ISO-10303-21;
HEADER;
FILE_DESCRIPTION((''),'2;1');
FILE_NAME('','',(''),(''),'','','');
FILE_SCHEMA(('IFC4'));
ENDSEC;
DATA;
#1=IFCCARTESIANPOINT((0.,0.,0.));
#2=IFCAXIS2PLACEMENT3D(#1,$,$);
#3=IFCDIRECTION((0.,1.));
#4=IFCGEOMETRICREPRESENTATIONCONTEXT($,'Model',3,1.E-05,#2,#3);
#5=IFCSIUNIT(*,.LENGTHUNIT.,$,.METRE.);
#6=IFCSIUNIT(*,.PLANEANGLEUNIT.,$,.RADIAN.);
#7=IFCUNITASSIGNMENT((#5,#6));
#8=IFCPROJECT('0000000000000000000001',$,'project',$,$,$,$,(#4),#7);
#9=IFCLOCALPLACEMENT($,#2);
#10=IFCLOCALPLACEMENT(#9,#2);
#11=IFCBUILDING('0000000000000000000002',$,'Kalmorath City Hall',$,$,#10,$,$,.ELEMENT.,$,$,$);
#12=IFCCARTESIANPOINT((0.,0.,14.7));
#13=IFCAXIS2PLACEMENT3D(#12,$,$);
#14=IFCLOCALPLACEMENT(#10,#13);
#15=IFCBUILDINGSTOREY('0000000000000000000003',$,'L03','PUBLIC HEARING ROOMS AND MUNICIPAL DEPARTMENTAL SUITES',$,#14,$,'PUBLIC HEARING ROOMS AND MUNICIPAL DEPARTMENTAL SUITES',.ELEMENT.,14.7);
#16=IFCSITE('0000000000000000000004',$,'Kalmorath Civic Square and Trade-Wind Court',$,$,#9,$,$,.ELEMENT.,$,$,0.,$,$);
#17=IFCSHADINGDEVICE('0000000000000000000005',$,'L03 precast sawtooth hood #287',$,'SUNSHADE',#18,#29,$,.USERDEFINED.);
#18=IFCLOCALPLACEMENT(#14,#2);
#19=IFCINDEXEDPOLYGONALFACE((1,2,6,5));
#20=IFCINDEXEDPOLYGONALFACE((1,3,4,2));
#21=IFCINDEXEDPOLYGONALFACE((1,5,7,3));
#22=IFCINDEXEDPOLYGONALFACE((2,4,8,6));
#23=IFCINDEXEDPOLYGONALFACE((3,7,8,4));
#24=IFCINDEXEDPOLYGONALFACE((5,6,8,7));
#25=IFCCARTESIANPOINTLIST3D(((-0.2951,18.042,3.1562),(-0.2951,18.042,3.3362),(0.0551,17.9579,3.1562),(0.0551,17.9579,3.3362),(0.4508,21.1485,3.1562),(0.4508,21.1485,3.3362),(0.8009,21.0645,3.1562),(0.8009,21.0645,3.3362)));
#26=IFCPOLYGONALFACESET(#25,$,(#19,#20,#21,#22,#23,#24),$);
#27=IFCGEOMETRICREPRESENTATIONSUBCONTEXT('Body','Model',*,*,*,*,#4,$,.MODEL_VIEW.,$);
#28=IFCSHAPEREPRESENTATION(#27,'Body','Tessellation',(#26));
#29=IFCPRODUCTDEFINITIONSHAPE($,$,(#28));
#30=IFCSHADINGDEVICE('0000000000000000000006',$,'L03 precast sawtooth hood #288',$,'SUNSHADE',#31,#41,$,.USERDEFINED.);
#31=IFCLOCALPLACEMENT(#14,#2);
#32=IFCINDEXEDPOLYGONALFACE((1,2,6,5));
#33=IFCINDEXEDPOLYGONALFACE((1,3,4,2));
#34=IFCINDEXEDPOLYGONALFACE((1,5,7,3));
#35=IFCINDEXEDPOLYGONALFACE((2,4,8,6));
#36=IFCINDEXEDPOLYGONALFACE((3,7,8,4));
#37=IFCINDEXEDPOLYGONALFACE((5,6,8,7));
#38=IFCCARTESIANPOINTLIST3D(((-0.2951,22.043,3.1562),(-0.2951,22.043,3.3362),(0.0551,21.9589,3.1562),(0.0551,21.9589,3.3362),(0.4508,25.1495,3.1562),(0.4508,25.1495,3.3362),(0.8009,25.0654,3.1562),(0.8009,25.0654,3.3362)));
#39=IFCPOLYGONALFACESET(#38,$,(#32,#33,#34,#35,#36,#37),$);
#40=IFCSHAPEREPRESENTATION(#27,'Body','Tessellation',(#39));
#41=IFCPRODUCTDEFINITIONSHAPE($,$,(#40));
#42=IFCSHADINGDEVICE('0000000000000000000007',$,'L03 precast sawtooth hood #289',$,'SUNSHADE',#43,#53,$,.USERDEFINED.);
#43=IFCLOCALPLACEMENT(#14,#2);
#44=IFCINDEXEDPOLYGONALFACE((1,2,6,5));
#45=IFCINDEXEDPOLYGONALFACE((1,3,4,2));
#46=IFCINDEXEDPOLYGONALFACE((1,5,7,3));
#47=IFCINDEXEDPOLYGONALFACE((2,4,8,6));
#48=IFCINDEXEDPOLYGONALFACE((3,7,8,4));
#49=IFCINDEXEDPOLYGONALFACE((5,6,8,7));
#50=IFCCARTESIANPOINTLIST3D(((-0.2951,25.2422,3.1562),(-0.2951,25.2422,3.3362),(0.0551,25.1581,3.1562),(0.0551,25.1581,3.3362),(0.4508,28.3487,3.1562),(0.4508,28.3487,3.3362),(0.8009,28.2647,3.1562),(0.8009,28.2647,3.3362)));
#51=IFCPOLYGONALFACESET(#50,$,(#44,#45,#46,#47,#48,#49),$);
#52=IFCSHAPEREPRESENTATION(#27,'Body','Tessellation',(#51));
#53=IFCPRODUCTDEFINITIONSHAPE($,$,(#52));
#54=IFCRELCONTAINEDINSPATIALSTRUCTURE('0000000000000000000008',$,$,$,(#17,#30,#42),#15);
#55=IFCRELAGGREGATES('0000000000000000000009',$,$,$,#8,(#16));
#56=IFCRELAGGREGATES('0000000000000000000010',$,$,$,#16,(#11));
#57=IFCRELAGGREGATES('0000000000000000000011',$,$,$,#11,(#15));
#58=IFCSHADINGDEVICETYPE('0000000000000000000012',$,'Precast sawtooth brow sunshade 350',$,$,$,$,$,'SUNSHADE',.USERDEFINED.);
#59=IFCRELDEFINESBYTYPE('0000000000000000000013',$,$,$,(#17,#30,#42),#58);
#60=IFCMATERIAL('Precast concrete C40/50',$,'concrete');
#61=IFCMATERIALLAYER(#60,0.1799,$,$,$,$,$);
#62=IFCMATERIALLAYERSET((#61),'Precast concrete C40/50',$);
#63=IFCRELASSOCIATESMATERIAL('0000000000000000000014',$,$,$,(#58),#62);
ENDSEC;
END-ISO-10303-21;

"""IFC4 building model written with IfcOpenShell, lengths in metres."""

from ifc_helpers import new_model, si_unit, direction, frame, origin, origin_2d, place, context, subcontext, project, spatial, rectangle, extrude, material, layer, layer_set, type_object, element, save


model = new_model("IFC4")

# Units and contexts
model_context = context("Model", 3, precision=1e-05, world=origin(), true_north=direction((0.0, 1.0)))
body_context = subcontext(model_context, "Body", "Model", "MODEL_VIEW")
ifc_project = project(units=[si_unit("LENGTHUNIT", "METRE"), si_unit("PLANEANGLEUNIT", "RADIAN")], contexts=[model_context])

# Site, building, storey
site_placement = place(None, origin())
site = spatial("IfcSite", under=ifc_project, at=site_placement, Name="Kalmorath Civic Square and Trade-Wind Court", CompositionType="ELEMENT", RefElevation=0.0)
building_placement = place(site_placement, origin())
building = spatial("IfcBuilding", under=site, at=building_placement, Name="Kalmorath City Hall", CompositionType="ELEMENT")
storey_placement = place(building_placement, frame((0.0, 0.0, 14.7)))
storey = spatial("IfcBuildingStorey", under=building, at=storey_placement, Name="L03", Description="PUBLIC HEARING ROOMS AND MUNICIPAL DEPARTMENTAL SUITES", LongName="PUBLIC HEARING ROOMS AND MUNICIPAL DEPARTMENTAL SUITES", CompositionType="ELEMENT", Elevation=14.7)

# Shading devices
ifc_material_1 = material(Name="Precast concrete C40/50", Category="concrete")
ifc_layer_1 = layer(ifc_material_1, 0.1799)
ifc_layer_set_1 = layer_set([ifc_layer_1], Name="Precast concrete C40/50")
shading_device_type = type_object("IfcShadingDeviceType", Name="Precast sawtooth brow sunshade 350", ElementType="SUNSHADE", PredefinedType="USERDEFINED", material=ifc_layer_set_1)
for number, where, z_axis, x_axis, name in (
    (1, (0.2529, 19.5532, 3.1562), (0.0, 0.0, 1.0), (0.233445, 0.97237, 0.0), "L03 precast sawtooth hood #287"),
    (2, (0.2529, 23.5542, 3.1562), (0.0, 0.0, 1.0), (0.233445, 0.97237, 0.0), "L03 precast sawtooth hood #288"),
    (3, (0.2529, 26.7534, 3.1562), (0.0, 0.0, 1.0), (0.233445, 0.97237, 0.0), "L03 precast sawtooth hood #289"),
):
    element("IfcShadingDevice", number, at=place(storey_placement, frame(where, z_axis=z_axis, x_axis=x_axis)), inside=storey, type_object=shading_device_type, Name=name, ObjectType="SUNSHADE", PredefinedType="USERDEFINED", context=body_context, shape_type="SweptSolid", body=[
        extrude(rectangle(XDim=3.1948, YDim=0.3601, at=origin_2d()), origin(), (0.0, 0.0, 1.0), 0.1799),
    ])

save(model, "model.ifc")
